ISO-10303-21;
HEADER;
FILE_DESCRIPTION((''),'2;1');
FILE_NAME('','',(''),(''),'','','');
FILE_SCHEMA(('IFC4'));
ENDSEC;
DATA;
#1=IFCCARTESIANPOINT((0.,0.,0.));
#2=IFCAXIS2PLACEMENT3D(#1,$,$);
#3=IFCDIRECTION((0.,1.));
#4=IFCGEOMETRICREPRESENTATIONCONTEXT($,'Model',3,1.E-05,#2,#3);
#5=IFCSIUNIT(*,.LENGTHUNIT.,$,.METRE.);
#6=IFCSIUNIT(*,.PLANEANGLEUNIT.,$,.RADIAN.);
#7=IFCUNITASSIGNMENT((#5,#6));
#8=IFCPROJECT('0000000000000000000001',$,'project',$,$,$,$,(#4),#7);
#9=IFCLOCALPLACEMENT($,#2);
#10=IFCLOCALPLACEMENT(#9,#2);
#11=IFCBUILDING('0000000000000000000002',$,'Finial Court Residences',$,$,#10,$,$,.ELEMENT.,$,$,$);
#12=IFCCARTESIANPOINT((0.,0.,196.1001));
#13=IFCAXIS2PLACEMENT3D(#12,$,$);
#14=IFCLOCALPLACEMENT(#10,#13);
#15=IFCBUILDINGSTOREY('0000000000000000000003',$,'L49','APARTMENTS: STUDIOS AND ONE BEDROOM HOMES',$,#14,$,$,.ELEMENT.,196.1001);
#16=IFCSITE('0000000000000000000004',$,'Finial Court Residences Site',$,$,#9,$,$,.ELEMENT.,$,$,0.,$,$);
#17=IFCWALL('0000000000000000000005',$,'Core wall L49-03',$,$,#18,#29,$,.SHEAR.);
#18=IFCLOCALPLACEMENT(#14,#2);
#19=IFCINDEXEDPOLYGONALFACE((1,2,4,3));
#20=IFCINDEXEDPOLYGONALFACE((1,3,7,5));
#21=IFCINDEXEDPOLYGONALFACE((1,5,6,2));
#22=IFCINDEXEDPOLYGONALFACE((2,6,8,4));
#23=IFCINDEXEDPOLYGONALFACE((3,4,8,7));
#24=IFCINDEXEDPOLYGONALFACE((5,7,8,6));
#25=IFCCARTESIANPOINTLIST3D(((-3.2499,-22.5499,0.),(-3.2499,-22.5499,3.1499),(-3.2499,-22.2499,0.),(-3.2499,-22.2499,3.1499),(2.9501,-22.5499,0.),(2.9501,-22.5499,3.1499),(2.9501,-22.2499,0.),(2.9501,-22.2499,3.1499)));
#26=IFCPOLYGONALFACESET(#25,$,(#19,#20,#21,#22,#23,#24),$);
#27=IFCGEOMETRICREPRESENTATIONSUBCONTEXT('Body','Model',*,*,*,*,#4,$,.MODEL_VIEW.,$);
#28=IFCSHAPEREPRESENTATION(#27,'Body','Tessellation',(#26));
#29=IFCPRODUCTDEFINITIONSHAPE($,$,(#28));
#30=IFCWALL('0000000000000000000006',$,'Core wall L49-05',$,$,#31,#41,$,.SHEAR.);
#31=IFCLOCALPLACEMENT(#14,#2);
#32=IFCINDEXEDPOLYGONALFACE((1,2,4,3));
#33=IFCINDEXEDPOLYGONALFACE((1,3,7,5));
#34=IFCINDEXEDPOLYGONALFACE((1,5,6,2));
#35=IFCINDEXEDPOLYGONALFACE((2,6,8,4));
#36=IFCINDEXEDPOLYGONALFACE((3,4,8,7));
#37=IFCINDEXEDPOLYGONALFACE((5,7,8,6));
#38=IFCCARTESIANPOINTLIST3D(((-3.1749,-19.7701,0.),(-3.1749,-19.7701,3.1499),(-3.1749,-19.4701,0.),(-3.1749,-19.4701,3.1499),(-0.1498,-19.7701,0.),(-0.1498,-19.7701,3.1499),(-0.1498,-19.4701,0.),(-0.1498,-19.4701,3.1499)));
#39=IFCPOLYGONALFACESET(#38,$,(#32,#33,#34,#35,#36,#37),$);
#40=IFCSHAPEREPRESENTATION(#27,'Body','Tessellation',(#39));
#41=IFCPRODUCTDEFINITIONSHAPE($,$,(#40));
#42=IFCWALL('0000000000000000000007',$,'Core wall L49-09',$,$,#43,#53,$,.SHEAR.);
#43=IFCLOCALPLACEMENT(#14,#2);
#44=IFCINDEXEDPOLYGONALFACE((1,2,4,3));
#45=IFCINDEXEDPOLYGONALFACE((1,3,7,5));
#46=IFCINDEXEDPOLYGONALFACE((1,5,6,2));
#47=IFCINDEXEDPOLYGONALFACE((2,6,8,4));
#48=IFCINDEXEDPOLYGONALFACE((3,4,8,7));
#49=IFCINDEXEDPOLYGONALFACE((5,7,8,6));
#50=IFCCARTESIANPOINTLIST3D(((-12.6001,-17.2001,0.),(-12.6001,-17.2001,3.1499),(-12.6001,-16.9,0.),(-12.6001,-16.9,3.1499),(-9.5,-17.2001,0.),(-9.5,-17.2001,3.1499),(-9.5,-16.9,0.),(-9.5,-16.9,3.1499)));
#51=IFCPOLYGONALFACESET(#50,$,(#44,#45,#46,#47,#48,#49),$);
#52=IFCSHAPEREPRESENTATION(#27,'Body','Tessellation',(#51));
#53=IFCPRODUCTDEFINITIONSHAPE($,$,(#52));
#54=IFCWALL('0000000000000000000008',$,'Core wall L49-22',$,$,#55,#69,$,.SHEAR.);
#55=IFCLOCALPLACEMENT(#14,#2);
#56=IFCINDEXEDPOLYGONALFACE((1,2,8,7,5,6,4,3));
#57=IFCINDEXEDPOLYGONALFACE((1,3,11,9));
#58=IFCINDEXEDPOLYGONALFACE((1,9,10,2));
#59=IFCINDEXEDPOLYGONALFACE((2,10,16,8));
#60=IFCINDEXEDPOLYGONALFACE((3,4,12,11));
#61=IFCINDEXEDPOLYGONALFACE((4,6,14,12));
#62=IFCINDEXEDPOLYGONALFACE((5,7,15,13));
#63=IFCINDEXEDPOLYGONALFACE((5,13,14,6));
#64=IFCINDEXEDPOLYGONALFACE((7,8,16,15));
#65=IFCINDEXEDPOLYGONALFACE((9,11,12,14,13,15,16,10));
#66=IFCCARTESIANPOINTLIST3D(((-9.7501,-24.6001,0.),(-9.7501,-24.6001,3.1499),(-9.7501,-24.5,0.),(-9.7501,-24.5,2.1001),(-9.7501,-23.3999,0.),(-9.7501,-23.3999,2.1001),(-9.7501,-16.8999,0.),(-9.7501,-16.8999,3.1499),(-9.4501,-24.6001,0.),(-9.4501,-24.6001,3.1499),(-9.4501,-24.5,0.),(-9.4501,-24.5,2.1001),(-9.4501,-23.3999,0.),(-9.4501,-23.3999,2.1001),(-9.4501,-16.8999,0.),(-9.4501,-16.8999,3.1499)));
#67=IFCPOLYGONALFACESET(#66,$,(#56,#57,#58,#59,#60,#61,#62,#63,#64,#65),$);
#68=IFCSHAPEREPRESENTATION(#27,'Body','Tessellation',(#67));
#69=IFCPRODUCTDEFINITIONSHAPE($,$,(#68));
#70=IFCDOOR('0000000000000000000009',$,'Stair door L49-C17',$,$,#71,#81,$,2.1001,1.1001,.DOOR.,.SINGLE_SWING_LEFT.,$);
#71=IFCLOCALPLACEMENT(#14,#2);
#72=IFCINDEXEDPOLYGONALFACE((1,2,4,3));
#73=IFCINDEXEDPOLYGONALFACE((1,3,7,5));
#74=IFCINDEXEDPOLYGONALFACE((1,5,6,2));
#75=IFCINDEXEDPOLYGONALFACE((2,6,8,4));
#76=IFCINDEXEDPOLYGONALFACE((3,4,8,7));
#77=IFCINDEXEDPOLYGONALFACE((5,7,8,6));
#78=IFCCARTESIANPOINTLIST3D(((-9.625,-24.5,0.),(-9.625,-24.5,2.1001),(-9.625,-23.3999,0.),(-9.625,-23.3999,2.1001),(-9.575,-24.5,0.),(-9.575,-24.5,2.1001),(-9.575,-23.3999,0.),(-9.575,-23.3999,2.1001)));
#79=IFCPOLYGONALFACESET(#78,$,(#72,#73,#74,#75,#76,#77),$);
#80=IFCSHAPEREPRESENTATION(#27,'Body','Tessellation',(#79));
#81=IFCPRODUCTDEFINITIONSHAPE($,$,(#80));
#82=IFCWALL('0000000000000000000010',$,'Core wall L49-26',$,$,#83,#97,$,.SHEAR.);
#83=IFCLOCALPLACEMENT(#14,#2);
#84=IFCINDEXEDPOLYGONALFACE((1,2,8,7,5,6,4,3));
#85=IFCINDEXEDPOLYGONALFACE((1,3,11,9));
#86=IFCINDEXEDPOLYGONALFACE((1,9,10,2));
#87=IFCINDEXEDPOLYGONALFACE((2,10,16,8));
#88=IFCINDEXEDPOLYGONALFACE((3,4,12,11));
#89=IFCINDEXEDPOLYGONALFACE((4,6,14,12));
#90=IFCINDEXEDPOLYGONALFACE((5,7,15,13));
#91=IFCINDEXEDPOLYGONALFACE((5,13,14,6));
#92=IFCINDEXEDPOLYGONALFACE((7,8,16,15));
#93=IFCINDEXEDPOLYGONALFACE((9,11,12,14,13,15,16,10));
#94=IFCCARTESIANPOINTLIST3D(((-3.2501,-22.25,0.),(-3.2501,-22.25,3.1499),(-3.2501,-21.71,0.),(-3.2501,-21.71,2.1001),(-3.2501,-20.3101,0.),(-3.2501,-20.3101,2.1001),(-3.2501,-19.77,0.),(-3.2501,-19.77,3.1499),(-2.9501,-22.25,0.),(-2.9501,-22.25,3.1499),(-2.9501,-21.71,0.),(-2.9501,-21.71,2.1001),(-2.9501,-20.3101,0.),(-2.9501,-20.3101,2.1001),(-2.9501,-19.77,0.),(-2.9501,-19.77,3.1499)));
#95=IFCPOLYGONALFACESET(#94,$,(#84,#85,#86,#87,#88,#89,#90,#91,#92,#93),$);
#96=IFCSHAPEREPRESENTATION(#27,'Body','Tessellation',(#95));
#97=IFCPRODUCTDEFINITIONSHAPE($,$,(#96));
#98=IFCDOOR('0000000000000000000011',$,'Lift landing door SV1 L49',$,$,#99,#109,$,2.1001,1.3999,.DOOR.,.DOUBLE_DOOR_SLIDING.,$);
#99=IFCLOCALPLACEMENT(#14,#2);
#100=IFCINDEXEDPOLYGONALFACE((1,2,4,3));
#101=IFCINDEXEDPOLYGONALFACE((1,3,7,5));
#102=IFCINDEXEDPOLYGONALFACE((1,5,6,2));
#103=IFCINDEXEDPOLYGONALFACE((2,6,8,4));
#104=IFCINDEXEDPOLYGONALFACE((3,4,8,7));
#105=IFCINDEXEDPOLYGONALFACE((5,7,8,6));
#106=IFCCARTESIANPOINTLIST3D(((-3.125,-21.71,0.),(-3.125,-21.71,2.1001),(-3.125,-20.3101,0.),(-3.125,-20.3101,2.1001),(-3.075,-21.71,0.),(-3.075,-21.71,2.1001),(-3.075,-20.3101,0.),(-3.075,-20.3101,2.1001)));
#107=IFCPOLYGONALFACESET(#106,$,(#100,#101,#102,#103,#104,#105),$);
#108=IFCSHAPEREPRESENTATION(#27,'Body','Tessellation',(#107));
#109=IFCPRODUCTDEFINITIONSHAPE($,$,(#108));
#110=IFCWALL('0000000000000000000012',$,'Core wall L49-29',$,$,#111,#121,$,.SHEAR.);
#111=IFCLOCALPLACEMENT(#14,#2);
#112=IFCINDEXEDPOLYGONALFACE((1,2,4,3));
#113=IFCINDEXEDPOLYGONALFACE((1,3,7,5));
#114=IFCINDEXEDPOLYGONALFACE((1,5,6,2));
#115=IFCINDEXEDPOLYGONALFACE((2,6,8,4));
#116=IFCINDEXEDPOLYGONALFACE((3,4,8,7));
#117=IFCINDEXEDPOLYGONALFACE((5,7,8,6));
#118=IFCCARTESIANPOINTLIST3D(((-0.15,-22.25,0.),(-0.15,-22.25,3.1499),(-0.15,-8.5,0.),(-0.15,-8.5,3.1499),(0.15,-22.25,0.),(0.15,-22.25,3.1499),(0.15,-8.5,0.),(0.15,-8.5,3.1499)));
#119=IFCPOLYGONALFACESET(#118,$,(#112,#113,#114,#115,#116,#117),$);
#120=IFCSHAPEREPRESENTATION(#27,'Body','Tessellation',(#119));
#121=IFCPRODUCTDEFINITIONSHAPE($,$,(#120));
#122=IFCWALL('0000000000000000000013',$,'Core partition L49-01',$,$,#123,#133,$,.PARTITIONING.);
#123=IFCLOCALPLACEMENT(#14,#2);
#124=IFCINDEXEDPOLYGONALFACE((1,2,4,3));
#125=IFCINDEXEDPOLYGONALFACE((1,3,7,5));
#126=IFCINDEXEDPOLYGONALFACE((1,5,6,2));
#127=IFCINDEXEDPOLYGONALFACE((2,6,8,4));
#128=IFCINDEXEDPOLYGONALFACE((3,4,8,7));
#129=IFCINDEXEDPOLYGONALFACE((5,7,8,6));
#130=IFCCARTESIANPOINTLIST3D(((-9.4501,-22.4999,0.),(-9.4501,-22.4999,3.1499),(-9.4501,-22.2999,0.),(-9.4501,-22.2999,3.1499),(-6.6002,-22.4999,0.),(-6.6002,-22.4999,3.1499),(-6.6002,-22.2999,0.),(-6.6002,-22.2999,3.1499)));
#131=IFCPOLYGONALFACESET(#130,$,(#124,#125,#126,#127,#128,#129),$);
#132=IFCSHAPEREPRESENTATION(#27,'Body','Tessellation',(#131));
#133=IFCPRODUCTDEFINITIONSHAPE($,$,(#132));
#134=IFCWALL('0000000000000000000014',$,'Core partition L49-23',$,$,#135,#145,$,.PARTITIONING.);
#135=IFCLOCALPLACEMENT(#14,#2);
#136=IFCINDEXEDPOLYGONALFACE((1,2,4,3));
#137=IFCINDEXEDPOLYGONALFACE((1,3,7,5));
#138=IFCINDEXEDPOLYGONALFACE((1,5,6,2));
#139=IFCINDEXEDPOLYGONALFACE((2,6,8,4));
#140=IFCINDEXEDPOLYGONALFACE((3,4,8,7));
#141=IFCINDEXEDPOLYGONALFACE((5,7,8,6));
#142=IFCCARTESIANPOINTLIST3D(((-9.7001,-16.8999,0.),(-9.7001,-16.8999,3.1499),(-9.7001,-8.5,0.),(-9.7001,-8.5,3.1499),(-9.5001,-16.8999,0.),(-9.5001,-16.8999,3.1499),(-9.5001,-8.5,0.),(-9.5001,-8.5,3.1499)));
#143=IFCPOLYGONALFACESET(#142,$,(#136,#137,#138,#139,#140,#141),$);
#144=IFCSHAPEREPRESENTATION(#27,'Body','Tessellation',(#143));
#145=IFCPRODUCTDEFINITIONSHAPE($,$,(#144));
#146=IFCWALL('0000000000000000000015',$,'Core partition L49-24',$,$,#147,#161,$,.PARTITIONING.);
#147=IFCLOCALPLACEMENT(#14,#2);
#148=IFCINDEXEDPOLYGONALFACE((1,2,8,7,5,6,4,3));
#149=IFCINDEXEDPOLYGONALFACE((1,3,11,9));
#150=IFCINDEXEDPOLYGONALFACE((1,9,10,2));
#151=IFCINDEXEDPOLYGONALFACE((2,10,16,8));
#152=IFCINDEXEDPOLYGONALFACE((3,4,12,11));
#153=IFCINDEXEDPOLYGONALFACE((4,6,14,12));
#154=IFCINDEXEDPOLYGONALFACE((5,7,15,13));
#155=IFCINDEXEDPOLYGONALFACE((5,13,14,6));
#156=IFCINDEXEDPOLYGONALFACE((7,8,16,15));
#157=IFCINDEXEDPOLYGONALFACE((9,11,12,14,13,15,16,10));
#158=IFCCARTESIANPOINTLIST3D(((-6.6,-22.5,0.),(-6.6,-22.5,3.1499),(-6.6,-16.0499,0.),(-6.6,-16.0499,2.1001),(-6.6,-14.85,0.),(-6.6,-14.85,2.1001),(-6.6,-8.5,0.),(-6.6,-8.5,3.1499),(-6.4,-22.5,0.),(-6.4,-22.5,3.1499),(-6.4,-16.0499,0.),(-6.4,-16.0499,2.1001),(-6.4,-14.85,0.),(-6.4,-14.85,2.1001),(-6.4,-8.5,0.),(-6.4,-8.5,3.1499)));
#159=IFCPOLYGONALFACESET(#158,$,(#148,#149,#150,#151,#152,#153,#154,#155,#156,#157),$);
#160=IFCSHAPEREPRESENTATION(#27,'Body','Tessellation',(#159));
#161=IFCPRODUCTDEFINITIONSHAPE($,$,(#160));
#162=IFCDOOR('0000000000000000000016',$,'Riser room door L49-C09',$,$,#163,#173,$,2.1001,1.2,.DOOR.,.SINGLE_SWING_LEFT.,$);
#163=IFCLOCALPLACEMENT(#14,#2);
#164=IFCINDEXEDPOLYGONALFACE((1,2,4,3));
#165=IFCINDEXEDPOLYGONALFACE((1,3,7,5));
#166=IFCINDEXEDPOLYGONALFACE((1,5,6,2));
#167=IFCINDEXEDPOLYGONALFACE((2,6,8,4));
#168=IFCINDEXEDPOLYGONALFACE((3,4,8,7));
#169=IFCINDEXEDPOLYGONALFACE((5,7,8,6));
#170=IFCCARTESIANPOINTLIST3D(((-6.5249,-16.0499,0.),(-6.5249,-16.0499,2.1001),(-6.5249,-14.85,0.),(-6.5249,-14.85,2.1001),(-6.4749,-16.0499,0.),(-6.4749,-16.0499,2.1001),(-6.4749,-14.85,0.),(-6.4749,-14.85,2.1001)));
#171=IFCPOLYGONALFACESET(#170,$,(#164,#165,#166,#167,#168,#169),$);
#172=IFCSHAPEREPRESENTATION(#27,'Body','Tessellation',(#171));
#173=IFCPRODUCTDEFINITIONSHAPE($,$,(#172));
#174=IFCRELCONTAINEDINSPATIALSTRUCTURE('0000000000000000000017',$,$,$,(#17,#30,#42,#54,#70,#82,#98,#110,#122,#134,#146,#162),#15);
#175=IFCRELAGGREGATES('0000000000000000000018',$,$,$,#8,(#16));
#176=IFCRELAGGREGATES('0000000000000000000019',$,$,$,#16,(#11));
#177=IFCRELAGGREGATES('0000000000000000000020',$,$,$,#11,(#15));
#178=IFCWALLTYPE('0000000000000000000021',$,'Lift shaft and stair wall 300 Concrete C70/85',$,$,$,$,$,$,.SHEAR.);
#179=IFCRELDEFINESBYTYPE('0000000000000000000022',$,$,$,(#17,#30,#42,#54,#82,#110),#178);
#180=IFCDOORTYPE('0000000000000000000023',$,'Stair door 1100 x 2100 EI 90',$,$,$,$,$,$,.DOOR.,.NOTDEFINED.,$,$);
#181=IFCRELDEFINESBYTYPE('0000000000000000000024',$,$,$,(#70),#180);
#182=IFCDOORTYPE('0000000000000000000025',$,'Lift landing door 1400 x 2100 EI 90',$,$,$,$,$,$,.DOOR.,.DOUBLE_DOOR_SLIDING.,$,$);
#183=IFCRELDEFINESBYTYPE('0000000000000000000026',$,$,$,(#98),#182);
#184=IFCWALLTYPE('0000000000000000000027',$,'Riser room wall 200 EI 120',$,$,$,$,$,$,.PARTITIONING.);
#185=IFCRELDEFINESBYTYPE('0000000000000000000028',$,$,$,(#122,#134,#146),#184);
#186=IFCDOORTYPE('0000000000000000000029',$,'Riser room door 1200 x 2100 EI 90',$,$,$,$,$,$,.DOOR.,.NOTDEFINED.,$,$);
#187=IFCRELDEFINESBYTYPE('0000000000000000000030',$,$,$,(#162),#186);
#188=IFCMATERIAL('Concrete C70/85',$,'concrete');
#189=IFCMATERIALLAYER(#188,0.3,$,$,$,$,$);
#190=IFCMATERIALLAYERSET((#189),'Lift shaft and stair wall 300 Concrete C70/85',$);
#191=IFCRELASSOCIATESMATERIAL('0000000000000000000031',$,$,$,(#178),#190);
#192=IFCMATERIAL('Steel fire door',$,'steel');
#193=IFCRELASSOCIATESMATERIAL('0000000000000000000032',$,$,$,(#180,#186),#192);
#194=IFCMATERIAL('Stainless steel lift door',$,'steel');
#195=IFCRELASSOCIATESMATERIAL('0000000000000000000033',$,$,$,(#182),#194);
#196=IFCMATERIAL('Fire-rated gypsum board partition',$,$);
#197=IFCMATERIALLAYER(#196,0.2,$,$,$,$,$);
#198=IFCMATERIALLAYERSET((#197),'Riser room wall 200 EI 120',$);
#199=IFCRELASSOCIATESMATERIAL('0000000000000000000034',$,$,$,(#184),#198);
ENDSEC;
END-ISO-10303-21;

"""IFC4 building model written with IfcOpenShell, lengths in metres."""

from ifc_helpers import new_model, si_unit, direction, frame, frame_2d, origin, place, context, subcontext, project, spatial, rectangle, extrude, material, layer, layer_set, type_object, element, fill, save


model = new_model("IFC4")

# Units and contexts
model_context = context("Model", 3, precision=1e-05, world=origin(), true_north=direction((0.0, 1.0)))
body_context = subcontext(model_context, "Body", "Model", "MODEL_VIEW")
ifc_project = project(units=[si_unit("LENGTHUNIT", "METRE"), si_unit("PLANEANGLEUNIT", "RADIAN")], contexts=[model_context])

# Site, building, storey
site_placement = place(None, origin())
site = spatial("IfcSite", under=ifc_project, at=site_placement, Name="Finial Court Residences Site", CompositionType="ELEMENT", RefElevation=0.0)
building_placement = place(site_placement, origin())
building = spatial("IfcBuilding", under=site, at=building_placement, Name="Finial Court Residences", CompositionType="ELEMENT")
storey_placement = place(building_placement, frame((0.0, 0.0, 196.1001)))
storey = spatial("IfcBuildingStorey", under=building, at=storey_placement, Name="L49", Description="APARTMENTS: STUDIOS AND ONE BEDROOM HOMES", CompositionType="ELEMENT", Elevation=196.1001)

# Walls
ifc_material_1 = material(Name="Concrete C70/85", Category="concrete")
ifc_layer_1 = layer(ifc_material_1, 0.3)
ifc_layer_set_1 = layer_set([ifc_layer_1], Name="Lift shaft and stair wall 300 Concrete C70/85")
wall_type_1 = type_object("IfcWallType", Name="Lift shaft and stair wall 300 Concrete C70/85", PredefinedType="SHEAR", material=ifc_layer_set_1)
wall_1_placement = place(storey_placement, frame((-3.25, -22.3999, 0.0), z_axis=(0.0, 0.0, 1.0), x_axis=(1.0, 0.0, 0.0)))
element("IfcWall", 1, at=wall_1_placement, inside=storey, type_object=wall_type_1, Name="Core wall L49-03", PredefinedType="SHEAR", context=body_context, shape_type="SweptSolid", body=[
    extrude(rectangle(XDim=6.2, YDim=0.3, at=frame_2d((3.1001, 0.0))), origin(), (0.0, 0.0, 1.0), 3.1499),
])
wall_2_placement = place(storey_placement, frame((-3.175, -19.6201, 0.0), z_axis=(0.0, 0.0, 1.0), x_axis=(1.0, 0.0, 0.0)))
element("IfcWall", 2, at=wall_2_placement, inside=storey, type_object=wall_type_1, Name="Core wall L49-05", PredefinedType="SHEAR", context=body_context, shape_type="SweptSolid", body=[
    extrude(rectangle(XDim=3.0251, YDim=0.3, at=frame_2d((1.5127, 0.0))), origin(), (0.0, 0.0, 1.0), 3.1499),
])
wall_3_placement = place(storey_placement, frame((-12.6001, -17.05, 0.0), z_axis=(0.0, 0.0, 1.0), x_axis=(1.0, 0.0, 0.0)))
element("IfcWall", 3, at=wall_3_placement, inside=storey, type_object=wall_type_1, Name="Core wall L49-09", PredefinedType="SHEAR", context=body_context, shape_type="SweptSolid", body=[
    extrude(rectangle(XDim=3.1001, YDim=0.3, at=frame_2d((1.55, 0.0))), origin(), (0.0, 0.0, 1.0), 3.1499),
])

# Walls, openings, doors
wall_4_placement = place(storey_placement, frame((-9.6001, -24.6001, 0.0), z_axis=(0.0, 0.0, 1.0), x_axis=(0.0, 1.0, 0.0)))
wall_4 = element("IfcWall", 4, at=wall_4_placement, inside=storey, type_object=wall_type_1, Name="Core wall L49-22", PredefinedType="SHEAR", context=body_context, shape_type="SweptSolid", body=[
    extrude(rectangle(XDim=7.7002, YDim=0.3, at=frame_2d((3.8501, 0.0))), origin(), (0.0, 0.0, 1.0), 3.1499),
])
opening_1_placement = place(wall_4_placement, frame((0.1001, 0.0, 0.0)))
opening_1 = element("IfcOpeningElement", 5, at=opening_1_placement, cuts=wall_4, PredefinedType="OPENING", context=body_context, shape_type="SweptSolid", body=[
    extrude(rectangle(XDim=1.1001, YDim=2.1001, at=frame_2d((0.55, 1.05))), frame((0.0, 0.1599, 0.0), z_axis=(0.0, -1.0, 0.0), x_axis=(1.0, 0.0, 0.0)), (0.0, 0.0, 1.0), 0.3201),
])
ifc_material_2 = material(Name="Steel fire door", Category="steel")
door_type_1 = type_object("IfcDoorType", Name="Stair door 1100 x 2100 EI 90", OperationType="NOTDEFINED", PredefinedType="DOOR", material=ifc_material_2)
door_1_placement = place(opening_1_placement, origin())
door_1 = element("IfcDoor", 6, at=door_1_placement, inside=storey, type_object=door_type_1, Name="Stair door L49-C17", OperationType="SINGLE_SWING_LEFT", OverallHeight=2.1001, OverallWidth=1.1001, PredefinedType="DOOR", context=body_context, shape_type="SweptSolid", body=[
    extrude(rectangle(XDim=1.1001, YDim=2.1001, at=frame_2d((0.55, 1.05))), frame((0.0, 0.0249, 0.0), z_axis=(0.0, -1.0, 0.0), x_axis=(1.0, 0.0, 0.0)), (0.0, 0.0, 1.0), 0.05),
])
fill(opening_1, door_1)
wall_5_placement = place(storey_placement, frame((-3.1001, -22.25, 0.0), z_axis=(0.0, 0.0, 1.0), x_axis=(0.0, 1.0, 0.0)))
wall_5 = element("IfcWall", 7, at=wall_5_placement, inside=storey, type_object=wall_type_1, Name="Core wall L49-26", PredefinedType="SHEAR", context=body_context, shape_type="SweptSolid", body=[
    extrude(rectangle(XDim=2.48, YDim=0.3, at=frame_2d((1.24, 0.0))), origin(), (0.0, 0.0, 1.0), 3.1499),
])
opening_2_placement = place(wall_5_placement, frame((0.54, 0.0, 0.0)))
opening_2 = element("IfcOpeningElement", 8, at=opening_2_placement, cuts=wall_5, PredefinedType="OPENING", context=body_context, shape_type="SweptSolid", body=[
    extrude(rectangle(XDim=1.3999, YDim=2.1001, at=frame_2d((0.7, 1.05))), frame((0.0, 0.1599, 0.0), z_axis=(0.0, -1.0, 0.0), x_axis=(1.0, 0.0, 0.0)), (0.0, 0.0, 1.0), 0.3201),
])
ifc_material_3 = material(Name="Stainless steel lift door", Category="steel")
door_type_2 = type_object("IfcDoorType", Name="Lift landing door 1400 x 2100 EI 90", OperationType="DOUBLE_DOOR_SLIDING", PredefinedType="DOOR", material=ifc_material_3)
door_2_placement = place(opening_2_placement, origin())
door_2 = element("IfcDoor", 9, at=door_2_placement, inside=storey, type_object=door_type_2, Name="Lift landing door SV1 L49", OperationType="DOUBLE_DOOR_SLIDING", OverallHeight=2.1001, OverallWidth=1.3999, PredefinedType="DOOR", context=body_context, shape_type="SweptSolid", body=[
    extrude(rectangle(XDim=1.3999, YDim=2.1001, at=frame_2d((0.7, 1.05))), frame((0.0, 0.0249, 0.0), z_axis=(0.0, -1.0, 0.0), x_axis=(1.0, 0.0, 0.0)), (0.0, 0.0, 1.0), 0.05),
])
fill(opening_2, door_2)

# Walls
wall_6_placement = place(storey_placement, frame((0.0, -22.25, 0.0), z_axis=(0.0, 0.0, 1.0), x_axis=(0.0, 1.0, 0.0)))
element("IfcWall", 10, at=wall_6_placement, inside=storey, type_object=wall_type_1, Name="Core wall L49-29", PredefinedType="SHEAR", context=body_context, shape_type="SweptSolid", body=[
    extrude(rectangle(XDim=13.75, YDim=0.3, at=frame_2d((6.875, 0.0))), origin(), (0.0, 0.0, 1.0), 3.1499),
])
ifc_material_4 = material(Name="Fire-rated gypsum board partition")
ifc_layer_2 = layer(ifc_material_4, 0.2)
ifc_layer_set_2 = layer_set([ifc_layer_2], Name="Riser room wall 200 EI 120")
wall_type_2 = type_object("IfcWallType", Name="Riser room wall 200 EI 120", PredefinedType="PARTITIONING", material=ifc_layer_set_2)
wall_7_placement = place(storey_placement, frame((-9.45, -22.3999, 0.0), z_axis=(0.0, 0.0, 1.0), x_axis=(1.0, 0.0, 0.0)))
element("IfcWall", 11, at=wall_7_placement, inside=storey, type_object=wall_type_2, Name="Core partition L49-01", PredefinedType="PARTITIONING", context=body_context, shape_type="SweptSolid", body=[
    extrude(rectangle(XDim=2.8499, YDim=0.2, at=frame_2d((1.4248, 0.0))), origin(), (0.0, 0.0, 1.0), 3.1499),
])
wall_8_placement = place(storey_placement, frame((-9.6001, -16.8999, 0.0), z_axis=(0.0, 0.0, 1.0), x_axis=(0.0, 1.0, 0.0)))
element("IfcWall", 12, at=wall_8_placement, inside=storey, type_object=wall_type_2, Name="Core partition L49-23", PredefinedType="PARTITIONING", context=body_context, shape_type="SweptSolid", body=[
    extrude(rectangle(XDim=8.3999, YDim=0.2, at=frame_2d((4.2, 0.0))), origin(), (0.0, 0.0, 1.0), 3.1499),
])

# Wall, opening, door
wall_9_placement = place(storey_placement, frame((-6.5, -22.5, 0.0), z_axis=(0.0, 0.0, 1.0), x_axis=(0.0, 1.0, 0.0)))
wall_9 = element("IfcWall", 13, at=wall_9_placement, inside=storey, type_object=wall_type_2, Name="Core partition L49-24", PredefinedType="PARTITIONING", context=body_context, shape_type="SweptSolid", body=[
    extrude(rectangle(XDim=14.0, YDim=0.2, at=frame_2d((7.0, 0.0))), origin(), (0.0, 0.0, 1.0), 3.1499),
])
opening_3_placement = place(wall_9_placement, frame((6.45, 0.0, 0.0)))
opening_3 = element("IfcOpeningElement", 14, at=opening_3_placement, cuts=wall_9, PredefinedType="OPENING", context=body_context, shape_type="SweptSolid", body=[
    extrude(rectangle(XDim=1.2, YDim=2.1001, at=frame_2d((0.6001, 1.05))), frame((0.0, 0.1099, 0.0), z_axis=(0.0, -1.0, 0.0), x_axis=(1.0, 0.0, 0.0)), (0.0, 0.0, 1.0), 0.22),
])
door_type_3 = type_object("IfcDoorType", Name="Riser room door 1200 x 2100 EI 90", OperationType="NOTDEFINED", PredefinedType="DOOR", material=ifc_material_2)
door_3_placement = place(opening_3_placement, origin())
door_3 = element("IfcDoor", 15, at=door_3_placement, inside=storey, type_object=door_type_3, Name="Riser room door L49-C09", OperationType="SINGLE_SWING_LEFT", OverallHeight=2.1001, OverallWidth=1.2, PredefinedType="DOOR", context=body_context, shape_type="SweptSolid", body=[
    extrude(rectangle(XDim=1.2, YDim=2.1001, at=frame_2d((0.6001, 1.05))), frame((0.0, 0.0249, 0.0), z_axis=(0.0, -1.0, 0.0), x_axis=(1.0, 0.0, 0.0)), (0.0, 0.0, 1.0), 0.05),
])
fill(opening_3, door_3)

save(model, "model.ifc")
